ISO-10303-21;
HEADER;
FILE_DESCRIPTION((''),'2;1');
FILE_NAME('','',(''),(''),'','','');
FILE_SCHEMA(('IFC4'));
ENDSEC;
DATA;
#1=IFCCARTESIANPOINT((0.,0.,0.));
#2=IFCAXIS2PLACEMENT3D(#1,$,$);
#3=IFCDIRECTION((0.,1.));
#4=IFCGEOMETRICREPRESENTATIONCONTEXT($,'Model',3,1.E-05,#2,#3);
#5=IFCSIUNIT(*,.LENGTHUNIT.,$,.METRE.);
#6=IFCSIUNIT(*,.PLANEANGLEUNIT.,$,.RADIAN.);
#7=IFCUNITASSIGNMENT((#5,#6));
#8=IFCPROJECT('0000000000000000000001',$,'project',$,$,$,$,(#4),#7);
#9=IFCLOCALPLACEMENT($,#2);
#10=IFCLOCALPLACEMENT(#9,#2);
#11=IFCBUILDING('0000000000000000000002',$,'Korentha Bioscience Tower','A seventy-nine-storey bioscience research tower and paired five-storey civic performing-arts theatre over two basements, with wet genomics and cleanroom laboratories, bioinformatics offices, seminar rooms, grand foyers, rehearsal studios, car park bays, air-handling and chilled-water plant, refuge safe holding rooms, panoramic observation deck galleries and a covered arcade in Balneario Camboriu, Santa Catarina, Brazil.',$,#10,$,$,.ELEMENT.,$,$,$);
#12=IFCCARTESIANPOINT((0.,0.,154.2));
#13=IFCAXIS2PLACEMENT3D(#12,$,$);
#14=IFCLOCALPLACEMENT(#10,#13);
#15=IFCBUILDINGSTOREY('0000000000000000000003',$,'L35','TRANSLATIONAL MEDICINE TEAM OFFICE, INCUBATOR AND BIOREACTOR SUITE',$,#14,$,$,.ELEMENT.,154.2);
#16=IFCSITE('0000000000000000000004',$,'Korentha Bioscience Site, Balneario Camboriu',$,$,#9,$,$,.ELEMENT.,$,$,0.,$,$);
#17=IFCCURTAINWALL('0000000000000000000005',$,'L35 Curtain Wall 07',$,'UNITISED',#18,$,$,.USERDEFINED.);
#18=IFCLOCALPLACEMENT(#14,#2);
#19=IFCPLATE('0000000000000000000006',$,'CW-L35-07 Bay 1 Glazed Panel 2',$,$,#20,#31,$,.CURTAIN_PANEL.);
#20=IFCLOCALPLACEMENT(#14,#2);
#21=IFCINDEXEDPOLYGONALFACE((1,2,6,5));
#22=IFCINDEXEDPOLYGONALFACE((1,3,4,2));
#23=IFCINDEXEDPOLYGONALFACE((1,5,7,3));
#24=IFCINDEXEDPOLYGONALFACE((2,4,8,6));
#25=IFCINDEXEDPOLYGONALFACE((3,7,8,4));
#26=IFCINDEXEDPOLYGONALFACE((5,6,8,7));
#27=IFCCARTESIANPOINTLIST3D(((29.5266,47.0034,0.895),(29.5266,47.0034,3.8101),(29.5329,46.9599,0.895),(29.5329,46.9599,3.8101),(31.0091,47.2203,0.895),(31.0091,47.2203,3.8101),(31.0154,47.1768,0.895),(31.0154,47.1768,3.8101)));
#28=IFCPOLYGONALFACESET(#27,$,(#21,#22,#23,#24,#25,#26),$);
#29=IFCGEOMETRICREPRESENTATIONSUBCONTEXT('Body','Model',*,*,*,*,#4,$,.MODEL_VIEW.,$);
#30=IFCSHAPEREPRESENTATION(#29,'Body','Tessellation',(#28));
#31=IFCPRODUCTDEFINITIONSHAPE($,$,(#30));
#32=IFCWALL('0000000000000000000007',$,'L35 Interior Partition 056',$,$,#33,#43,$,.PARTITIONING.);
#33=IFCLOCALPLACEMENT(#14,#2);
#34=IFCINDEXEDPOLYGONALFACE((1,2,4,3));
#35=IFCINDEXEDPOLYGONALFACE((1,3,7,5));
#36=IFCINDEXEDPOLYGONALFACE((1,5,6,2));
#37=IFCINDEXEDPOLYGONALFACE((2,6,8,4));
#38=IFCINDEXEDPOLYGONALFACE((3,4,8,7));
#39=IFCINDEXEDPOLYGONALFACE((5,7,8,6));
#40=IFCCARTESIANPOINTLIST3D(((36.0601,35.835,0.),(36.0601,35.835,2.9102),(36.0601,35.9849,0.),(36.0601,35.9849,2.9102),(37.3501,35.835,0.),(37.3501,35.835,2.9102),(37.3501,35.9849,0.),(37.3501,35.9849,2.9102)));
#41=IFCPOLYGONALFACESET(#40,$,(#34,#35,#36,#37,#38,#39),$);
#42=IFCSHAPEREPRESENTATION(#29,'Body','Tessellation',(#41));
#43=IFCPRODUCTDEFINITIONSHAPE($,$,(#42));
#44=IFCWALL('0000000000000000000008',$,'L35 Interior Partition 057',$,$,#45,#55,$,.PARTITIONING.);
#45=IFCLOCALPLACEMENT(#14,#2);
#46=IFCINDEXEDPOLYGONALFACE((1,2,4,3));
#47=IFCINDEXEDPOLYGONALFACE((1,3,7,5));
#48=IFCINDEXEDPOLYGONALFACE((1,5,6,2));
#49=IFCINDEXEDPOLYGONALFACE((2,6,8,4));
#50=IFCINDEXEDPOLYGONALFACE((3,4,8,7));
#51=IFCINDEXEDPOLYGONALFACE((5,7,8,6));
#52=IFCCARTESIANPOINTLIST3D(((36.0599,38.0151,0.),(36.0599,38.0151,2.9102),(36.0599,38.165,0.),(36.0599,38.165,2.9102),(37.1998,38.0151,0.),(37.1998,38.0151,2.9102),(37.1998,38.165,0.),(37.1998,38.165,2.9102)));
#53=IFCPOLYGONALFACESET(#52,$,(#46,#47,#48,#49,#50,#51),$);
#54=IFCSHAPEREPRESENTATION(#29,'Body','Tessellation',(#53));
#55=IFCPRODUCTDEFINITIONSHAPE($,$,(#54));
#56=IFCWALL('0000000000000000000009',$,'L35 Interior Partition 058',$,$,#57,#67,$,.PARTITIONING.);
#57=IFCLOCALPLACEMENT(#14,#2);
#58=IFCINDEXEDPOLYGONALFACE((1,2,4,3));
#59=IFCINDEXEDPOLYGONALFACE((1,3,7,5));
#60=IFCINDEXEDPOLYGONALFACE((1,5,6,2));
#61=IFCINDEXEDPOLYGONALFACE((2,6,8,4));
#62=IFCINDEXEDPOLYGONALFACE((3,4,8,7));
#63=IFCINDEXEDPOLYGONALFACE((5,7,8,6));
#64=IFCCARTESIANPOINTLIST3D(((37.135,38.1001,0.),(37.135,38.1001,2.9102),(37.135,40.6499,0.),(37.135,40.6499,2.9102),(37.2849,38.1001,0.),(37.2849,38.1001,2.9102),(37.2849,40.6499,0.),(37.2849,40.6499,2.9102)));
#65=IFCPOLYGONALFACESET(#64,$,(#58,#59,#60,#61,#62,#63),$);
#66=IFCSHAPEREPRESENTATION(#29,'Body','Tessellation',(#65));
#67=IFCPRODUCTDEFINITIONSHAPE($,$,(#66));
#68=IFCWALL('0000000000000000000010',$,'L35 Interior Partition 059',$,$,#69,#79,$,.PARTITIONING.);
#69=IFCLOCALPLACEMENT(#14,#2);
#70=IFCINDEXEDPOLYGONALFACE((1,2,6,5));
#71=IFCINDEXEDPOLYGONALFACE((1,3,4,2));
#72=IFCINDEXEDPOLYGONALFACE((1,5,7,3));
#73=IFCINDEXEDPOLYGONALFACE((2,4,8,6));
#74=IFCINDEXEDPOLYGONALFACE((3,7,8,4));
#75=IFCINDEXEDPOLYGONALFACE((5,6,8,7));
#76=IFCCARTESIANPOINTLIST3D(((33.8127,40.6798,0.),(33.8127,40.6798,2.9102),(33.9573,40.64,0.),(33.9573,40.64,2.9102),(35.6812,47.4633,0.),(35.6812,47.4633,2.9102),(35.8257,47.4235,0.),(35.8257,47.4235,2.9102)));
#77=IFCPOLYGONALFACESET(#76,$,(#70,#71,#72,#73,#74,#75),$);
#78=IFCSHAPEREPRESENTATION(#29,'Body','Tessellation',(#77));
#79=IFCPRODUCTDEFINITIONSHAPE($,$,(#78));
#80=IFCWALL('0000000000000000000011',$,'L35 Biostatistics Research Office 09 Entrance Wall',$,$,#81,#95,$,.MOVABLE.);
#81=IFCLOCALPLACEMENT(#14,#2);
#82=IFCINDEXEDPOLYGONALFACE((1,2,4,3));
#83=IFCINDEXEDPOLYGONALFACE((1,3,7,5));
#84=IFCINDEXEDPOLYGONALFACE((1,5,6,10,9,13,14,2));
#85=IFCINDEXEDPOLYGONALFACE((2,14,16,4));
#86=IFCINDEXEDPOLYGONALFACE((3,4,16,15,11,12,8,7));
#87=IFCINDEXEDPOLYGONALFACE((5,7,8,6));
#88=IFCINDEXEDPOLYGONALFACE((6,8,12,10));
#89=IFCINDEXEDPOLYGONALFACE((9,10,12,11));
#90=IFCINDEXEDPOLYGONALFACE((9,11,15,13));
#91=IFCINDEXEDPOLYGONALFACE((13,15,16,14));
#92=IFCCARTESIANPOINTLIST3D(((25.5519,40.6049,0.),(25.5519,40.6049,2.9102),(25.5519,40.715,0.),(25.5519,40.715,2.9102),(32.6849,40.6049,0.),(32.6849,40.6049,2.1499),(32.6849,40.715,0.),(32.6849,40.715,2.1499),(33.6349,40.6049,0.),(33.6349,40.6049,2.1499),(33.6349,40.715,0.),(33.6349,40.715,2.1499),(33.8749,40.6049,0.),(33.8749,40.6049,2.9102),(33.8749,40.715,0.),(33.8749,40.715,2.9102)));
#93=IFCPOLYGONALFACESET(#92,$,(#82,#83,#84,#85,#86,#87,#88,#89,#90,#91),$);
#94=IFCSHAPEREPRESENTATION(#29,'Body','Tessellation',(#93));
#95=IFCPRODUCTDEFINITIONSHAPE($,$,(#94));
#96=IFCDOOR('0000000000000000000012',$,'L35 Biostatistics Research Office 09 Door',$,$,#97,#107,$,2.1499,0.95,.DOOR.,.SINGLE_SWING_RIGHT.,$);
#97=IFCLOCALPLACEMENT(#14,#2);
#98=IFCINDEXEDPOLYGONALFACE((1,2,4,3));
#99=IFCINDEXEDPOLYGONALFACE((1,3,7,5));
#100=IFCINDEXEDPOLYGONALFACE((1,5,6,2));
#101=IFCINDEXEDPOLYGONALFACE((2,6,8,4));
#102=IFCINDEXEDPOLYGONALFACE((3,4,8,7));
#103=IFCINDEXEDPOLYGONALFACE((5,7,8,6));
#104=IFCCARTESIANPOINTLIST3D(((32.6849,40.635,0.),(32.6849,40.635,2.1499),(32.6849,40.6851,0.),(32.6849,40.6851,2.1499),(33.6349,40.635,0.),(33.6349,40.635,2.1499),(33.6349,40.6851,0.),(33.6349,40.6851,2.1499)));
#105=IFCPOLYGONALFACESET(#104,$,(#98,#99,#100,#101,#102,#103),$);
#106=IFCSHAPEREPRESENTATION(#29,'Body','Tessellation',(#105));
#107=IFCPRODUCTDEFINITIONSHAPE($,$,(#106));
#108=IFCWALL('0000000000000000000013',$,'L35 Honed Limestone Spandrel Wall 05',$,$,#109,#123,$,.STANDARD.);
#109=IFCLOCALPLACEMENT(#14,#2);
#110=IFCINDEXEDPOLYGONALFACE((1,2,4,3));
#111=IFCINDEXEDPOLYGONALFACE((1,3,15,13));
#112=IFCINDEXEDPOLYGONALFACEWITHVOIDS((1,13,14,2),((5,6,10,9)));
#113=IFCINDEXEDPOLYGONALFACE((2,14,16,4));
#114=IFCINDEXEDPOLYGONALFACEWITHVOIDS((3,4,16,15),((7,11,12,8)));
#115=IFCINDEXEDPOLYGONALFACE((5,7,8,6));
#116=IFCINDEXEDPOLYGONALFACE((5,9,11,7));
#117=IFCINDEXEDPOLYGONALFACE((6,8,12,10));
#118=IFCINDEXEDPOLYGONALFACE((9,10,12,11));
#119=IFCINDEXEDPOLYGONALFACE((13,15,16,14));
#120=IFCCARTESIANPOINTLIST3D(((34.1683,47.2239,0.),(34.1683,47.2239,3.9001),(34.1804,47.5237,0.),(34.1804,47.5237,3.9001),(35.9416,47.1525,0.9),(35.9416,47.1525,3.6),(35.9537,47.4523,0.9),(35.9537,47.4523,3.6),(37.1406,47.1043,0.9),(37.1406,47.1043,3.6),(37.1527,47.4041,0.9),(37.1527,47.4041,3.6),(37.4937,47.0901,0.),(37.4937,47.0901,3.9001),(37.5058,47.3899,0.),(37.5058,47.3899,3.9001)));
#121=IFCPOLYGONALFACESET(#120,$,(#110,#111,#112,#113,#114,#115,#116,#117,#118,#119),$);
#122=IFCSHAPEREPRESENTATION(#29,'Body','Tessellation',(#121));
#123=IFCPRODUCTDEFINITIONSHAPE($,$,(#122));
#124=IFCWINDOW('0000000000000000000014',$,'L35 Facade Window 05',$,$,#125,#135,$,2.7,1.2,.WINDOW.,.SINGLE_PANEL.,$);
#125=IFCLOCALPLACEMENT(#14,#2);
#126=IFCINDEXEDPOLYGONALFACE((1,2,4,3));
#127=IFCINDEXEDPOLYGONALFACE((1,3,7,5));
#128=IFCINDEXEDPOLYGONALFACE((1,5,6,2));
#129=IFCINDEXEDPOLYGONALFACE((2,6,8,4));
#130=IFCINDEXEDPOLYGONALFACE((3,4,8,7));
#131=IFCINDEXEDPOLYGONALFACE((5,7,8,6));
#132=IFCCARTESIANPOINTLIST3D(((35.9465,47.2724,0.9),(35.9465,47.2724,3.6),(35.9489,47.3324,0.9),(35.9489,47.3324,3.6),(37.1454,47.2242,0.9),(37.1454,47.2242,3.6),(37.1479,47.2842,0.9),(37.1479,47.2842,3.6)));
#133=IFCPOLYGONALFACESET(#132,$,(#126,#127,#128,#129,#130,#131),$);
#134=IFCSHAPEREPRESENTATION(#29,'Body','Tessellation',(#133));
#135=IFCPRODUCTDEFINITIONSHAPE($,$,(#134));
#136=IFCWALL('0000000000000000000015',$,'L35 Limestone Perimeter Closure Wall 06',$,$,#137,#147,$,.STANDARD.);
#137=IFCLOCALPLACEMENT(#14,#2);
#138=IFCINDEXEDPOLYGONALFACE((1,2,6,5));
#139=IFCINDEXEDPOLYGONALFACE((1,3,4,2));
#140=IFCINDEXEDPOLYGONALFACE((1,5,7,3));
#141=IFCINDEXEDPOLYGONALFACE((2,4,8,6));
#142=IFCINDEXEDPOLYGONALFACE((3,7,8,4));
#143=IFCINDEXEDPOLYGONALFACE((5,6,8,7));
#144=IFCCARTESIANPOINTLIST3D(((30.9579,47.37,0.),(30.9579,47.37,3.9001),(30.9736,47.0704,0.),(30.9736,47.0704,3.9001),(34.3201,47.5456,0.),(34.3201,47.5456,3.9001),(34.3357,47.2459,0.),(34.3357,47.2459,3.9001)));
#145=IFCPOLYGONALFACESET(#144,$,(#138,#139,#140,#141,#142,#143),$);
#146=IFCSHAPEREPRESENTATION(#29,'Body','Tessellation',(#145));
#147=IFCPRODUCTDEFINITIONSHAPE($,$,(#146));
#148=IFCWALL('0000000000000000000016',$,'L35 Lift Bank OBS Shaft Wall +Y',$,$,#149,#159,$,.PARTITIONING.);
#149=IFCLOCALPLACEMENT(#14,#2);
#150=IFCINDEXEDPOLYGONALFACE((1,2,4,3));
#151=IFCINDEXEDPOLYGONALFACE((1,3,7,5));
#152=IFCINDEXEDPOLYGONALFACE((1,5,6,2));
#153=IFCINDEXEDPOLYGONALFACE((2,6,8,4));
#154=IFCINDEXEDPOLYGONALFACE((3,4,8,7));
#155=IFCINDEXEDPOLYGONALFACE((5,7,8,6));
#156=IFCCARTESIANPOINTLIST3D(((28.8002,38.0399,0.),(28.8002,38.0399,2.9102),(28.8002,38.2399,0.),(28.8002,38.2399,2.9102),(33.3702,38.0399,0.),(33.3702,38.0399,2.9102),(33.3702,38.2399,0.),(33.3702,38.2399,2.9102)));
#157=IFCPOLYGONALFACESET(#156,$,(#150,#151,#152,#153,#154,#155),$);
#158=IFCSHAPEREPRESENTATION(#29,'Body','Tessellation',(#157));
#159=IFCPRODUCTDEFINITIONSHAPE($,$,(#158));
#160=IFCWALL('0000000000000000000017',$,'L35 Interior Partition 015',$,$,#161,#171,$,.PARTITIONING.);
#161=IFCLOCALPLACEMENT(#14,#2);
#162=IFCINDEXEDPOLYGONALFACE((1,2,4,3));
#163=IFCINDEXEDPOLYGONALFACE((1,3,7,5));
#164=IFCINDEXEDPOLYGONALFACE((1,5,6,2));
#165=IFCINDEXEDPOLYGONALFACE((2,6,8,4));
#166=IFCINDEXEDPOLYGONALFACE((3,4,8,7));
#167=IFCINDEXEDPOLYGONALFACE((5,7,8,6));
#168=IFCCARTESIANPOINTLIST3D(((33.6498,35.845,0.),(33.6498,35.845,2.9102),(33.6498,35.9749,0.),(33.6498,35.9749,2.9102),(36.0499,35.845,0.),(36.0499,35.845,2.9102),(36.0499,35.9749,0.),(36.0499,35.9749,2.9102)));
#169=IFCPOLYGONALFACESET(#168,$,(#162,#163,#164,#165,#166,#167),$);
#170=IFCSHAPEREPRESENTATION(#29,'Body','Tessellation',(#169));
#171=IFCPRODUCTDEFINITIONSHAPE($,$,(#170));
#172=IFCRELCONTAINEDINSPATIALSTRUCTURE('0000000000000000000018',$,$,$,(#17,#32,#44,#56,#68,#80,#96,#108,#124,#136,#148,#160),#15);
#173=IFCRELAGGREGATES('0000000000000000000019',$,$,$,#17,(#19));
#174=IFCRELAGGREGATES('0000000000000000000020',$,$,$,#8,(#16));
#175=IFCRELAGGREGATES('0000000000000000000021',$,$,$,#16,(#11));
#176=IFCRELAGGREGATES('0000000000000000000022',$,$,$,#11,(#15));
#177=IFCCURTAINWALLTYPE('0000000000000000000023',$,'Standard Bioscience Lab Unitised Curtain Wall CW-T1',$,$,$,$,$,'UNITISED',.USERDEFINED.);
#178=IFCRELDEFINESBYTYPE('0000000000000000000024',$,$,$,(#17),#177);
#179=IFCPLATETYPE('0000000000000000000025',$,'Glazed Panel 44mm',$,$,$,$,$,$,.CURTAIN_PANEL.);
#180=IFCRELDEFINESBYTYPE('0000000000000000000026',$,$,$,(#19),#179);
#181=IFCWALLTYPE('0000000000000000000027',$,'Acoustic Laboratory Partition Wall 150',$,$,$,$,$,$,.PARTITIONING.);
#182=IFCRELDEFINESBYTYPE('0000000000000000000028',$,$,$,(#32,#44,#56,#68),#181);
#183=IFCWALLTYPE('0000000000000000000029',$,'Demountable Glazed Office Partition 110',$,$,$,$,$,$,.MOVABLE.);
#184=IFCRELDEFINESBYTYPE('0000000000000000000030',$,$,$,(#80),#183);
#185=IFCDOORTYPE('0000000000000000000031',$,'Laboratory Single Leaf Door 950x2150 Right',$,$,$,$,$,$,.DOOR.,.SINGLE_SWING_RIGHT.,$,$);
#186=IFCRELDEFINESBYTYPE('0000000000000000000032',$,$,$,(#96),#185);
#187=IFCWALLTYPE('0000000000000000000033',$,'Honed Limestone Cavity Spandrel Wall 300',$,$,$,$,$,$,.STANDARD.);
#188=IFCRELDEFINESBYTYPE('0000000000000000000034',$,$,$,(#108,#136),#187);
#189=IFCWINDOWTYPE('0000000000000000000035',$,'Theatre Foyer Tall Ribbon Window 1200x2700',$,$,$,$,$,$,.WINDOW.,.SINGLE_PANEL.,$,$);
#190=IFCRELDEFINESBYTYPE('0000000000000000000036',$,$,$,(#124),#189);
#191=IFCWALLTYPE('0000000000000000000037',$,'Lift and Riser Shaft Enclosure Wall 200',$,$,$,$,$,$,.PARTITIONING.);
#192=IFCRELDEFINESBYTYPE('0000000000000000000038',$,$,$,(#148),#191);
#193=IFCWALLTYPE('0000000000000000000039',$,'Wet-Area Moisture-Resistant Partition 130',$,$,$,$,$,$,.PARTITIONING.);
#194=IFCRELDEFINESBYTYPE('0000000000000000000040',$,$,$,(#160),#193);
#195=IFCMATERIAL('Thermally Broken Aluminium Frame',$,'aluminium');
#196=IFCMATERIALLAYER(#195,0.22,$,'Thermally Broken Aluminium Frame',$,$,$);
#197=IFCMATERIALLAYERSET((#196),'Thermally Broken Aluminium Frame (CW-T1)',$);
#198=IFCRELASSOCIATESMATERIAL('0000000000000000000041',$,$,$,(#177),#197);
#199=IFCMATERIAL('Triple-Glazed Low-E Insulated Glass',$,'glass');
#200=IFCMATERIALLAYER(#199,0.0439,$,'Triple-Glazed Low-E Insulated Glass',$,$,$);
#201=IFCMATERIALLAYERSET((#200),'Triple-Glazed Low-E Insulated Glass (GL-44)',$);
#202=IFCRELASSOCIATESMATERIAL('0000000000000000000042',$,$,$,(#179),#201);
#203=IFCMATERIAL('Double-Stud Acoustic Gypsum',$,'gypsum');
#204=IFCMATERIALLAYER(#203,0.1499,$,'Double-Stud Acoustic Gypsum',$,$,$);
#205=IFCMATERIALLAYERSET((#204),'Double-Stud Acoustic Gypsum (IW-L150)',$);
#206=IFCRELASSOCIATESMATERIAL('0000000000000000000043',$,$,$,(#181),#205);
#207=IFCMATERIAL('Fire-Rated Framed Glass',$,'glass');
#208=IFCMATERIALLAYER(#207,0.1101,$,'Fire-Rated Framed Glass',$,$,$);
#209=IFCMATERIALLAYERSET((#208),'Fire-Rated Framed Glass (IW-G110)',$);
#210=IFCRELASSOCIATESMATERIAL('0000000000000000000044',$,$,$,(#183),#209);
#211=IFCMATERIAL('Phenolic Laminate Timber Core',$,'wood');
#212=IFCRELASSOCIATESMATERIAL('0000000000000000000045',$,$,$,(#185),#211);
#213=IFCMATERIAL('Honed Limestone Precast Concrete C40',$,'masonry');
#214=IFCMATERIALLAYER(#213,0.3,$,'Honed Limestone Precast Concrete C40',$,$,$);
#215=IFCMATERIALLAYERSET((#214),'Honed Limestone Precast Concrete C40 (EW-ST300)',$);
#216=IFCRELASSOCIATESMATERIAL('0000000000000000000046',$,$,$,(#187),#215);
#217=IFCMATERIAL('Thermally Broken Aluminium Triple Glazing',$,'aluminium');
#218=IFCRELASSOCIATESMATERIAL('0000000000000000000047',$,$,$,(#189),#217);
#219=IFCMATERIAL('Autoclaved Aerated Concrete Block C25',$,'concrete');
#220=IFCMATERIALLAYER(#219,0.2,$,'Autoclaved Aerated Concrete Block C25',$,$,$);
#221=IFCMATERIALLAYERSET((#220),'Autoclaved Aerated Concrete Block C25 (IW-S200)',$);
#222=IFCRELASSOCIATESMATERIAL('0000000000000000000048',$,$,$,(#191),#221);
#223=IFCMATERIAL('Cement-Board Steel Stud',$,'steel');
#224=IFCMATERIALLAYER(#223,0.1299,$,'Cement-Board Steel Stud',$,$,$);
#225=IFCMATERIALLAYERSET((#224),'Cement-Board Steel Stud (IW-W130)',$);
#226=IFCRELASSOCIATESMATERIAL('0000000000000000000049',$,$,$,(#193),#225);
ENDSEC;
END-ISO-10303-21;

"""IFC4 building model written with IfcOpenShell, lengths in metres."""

from ifc_helpers import new_model, si_unit, direction, frame, frame_2d, origin, origin_2d, place, context, subcontext, project, spatial, rectangle, extrude, material, layer, layer_set, type_object, element, fill, aggregate, save


model = new_model("IFC4")

# Units and contexts
model_context = context("Model", 3, precision=1e-05, world=origin(), true_north=direction((0.0, 1.0)))
body_context = subcontext(model_context, "Body", "Model", "MODEL_VIEW")
ifc_project = project(units=[si_unit("LENGTHUNIT", "METRE"), si_unit("PLANEANGLEUNIT", "RADIAN")], contexts=[model_context])

# Site, building, storey
site_placement = place(None, origin())
site = spatial("IfcSite", under=ifc_project, at=site_placement, Name="Korentha Bioscience Site, Balneario Camboriu", CompositionType="ELEMENT", RefElevation=0.0)
building_placement = place(site_placement, origin())
building = spatial("IfcBuilding", under=site, at=building_placement, Name="Korentha Bioscience Tower", Description="A seventy-nine-storey bioscience research tower and paired five-storey civic performing-arts theatre over two basements, with wet genomics and cleanroom laboratories, bioinformatics offices, seminar rooms, grand foyers, rehearsal studios, car park bays, air-handling and chilled-water plant, refuge safe holding rooms, panoramic observation deck galleries and a covered arcade in Balneario Camboriu, Santa Catarina, Brazil.", CompositionType="ELEMENT")
storey_placement = place(building_placement, frame((0.0, 0.0, 154.2)))
storey = spatial("IfcBuildingStorey", under=building, at=storey_placement, Name="L35", Description="TRANSLATIONAL MEDICINE TEAM OFFICE, INCUBATOR AND BIOREACTOR SUITE", CompositionType="ELEMENT", Elevation=154.2)

# Curtain wall
ifc_material_1 = material(Name="Thermally Broken Aluminium Frame", Category="aluminium")
ifc_layer_1 = layer(ifc_material_1, 0.22, Name="Thermally Broken Aluminium Frame")
ifc_layer_set_1 = layer_set([ifc_layer_1], Name="Thermally Broken Aluminium Frame (CW-T1)")
curtain_wall_type = type_object("IfcCurtainWallType", Name="Standard Bioscience Lab Unitised Curtain Wall CW-T1", ElementType="UNITISED", PredefinedType="USERDEFINED", material=ifc_layer_set_1)
curtain_wall_placement = place(storey_placement, origin())
curtain_wall = element("IfcCurtainWall", 1, at=curtain_wall_placement, inside=storey, type_object=curtain_wall_type, Name="L35 Curtain Wall 07", ObjectType="UNITISED", PredefinedType="USERDEFINED")

# Plate
ifc_material_2 = material(Name="Triple-Glazed Low-E Insulated Glass", Category="glass")
ifc_layer_2 = layer(ifc_material_2, 0.0439, Name="Triple-Glazed Low-E Insulated Glass")
ifc_layer_set_2 = layer_set([ifc_layer_2], Name="Triple-Glazed Low-E Insulated Glass (GL-44)")
plate_type = type_object("IfcPlateType", Name="Glazed Panel 44mm", PredefinedType="CURTAIN_PANEL", material=ifc_layer_set_2)
plate_1_placement = place(storey_placement, frame((30.271, 47.0901, 0.895), z_axis=(0.0, 0.0, 1.0), x_axis=(-0.989462, -0.144793, 0.0)))
plate_1 = element("IfcPlate", 2, at=plate_1_placement, type_object=plate_type, Name="CW-L35-07 Bay 1 Glazed Panel 2", PredefinedType="CURTAIN_PANEL", context=body_context, shape_type="SweptSolid", body=[
    extrude(rectangle(XDim=1.4983, YDim=0.0439, at=origin_2d()), origin(), (0.0, 0.0, 1.0), 2.915),
])
aggregate(curtain_wall, [plate_1])

# Shared definitions
ifc_material_3 = material(Name="Double-Stud Acoustic Gypsum", Category="gypsum")
ifc_layer_3 = layer(ifc_material_3, 0.1499, Name="Double-Stud Acoustic Gypsum")
ifc_layer_set_3 = layer_set([ifc_layer_3], Name="Double-Stud Acoustic Gypsum (IW-L150)")
wall_type_1 = type_object("IfcWallType", Name="Acoustic Laboratory Partition Wall 150", PredefinedType="PARTITIONING", material=ifc_layer_set_3)
ifc_material_4 = material(Name="Phenolic Laminate Timber Core", Category="wood")

# Walls
wall_1_placement = place(storey_placement, frame((37.3501, 35.9099, 0.0), z_axis=(0.0, 0.0, 1.0), x_axis=(-1.0, 0.0, 0.0)))
element("IfcWall", 3, at=wall_1_placement, inside=storey, type_object=wall_type_1, Name="L35 Interior Partition 056", PredefinedType="PARTITIONING", context=body_context, shape_type="SweptSolid", body=[
    extrude(rectangle(XDim=1.29, YDim=0.1499, at=frame_2d((0.645, 0.0))), origin(), (0.0, 0.0, 1.0), 2.9102),
])
wall_2_placement = place(storey_placement, frame((36.0601, 38.0901, 0.0), z_axis=(0.0, 0.0, 1.0), x_axis=(1.0, 0.0, 0.0)))
element("IfcWall", 4, at=wall_2_placement, inside=storey, type_object=wall_type_1, Name="L35 Interior Partition 057", PredefinedType="PARTITIONING", context=body_context, shape_type="SweptSolid", body=[
    extrude(rectangle(XDim=1.1399, YDim=0.1499, at=frame_2d((0.5698, 0.0))), origin(), (0.0, 0.0, 1.0), 2.9102),
])
wall_3_placement = place(storey_placement, frame((37.21, 38.1001, 0.0), z_axis=(0.0, 0.0, 1.0), x_axis=(0.0, 1.0, 0.0)))
element("IfcWall", 5, at=wall_3_placement, inside=storey, type_object=wall_type_1, Name="L35 Interior Partition 058", PredefinedType="PARTITIONING", context=body_context, shape_type="SweptSolid", body=[
    extrude(rectangle(XDim=2.5498, YDim=0.1499, at=frame_2d((1.2749, 0.0))), origin(), (0.0, 0.0, 1.0), 2.9102),
])
wall_4_placement = place(storey_placement, frame((33.885, 40.6599, 0.0), z_axis=(0.0, 0.0, 1.0), x_axis=(0.265548, 0.964098, 0.0)))
element("IfcWall", 6, at=wall_4_placement, inside=storey, type_object=wall_type_1, Name="L35 Interior Partition 059", PredefinedType="PARTITIONING", context=body_context, shape_type="SweptSolid", body=[
    extrude(rectangle(XDim=7.0361, YDim=0.1499, at=frame_2d((3.5181, 0.0))), origin(), (0.0, 0.0, 1.0), 2.9102),
])

# Wall, opening, door
ifc_material_5 = material(Name="Fire-Rated Framed Glass", Category="glass")
ifc_layer_4 = layer(ifc_material_5, 0.1101, Name="Fire-Rated Framed Glass")
ifc_layer_set_4 = layer_set([ifc_layer_4], Name="Fire-Rated Framed Glass (IW-G110)")
wall_type_2 = type_object("IfcWallType", Name="Demountable Glazed Office Partition 110", PredefinedType="MOVABLE", material=ifc_layer_set_4)
wall_5_placement = place(storey_placement, frame((33.875, 40.6599, 0.0), z_axis=(0.0, 0.0, 1.0), x_axis=(-1.0, 0.0, 0.0)))
wall_5 = element("IfcWall", 7, at=wall_5_placement, inside=storey, type_object=wall_type_2, Name="L35 Biostatistics Research Office 09 Entrance Wall", PredefinedType="MOVABLE", context=body_context, shape_type="SweptSolid", body=[
    extrude(rectangle(XDim=8.323, YDim=0.1101, at=frame_2d((4.1616, 0.0))), origin(), (0.0, 0.0, 1.0), 2.9102),
])
opening_1_placement = place(wall_5_placement, frame((0.24, 0.0, 0.0)))
opening_1 = element("IfcOpeningElement", 8, at=opening_1_placement, cuts=wall_5, PredefinedType="OPENING", context=body_context, shape_type="SweptSolid", body=[
    extrude(rectangle(XDim=0.95, YDim=2.1499, at=frame_2d((0.4751, 1.075))), frame((0.0, 0.0698, 0.0), z_axis=(0.0, -1.0, 0.0), x_axis=(1.0, 0.0, 0.0)), (0.0, 0.0, 1.0), 0.1399),
])
door_type_1 = type_object("IfcDoorType", Name="Laboratory Single Leaf Door 950x2150 Right", OperationType="SINGLE_SWING_RIGHT", PredefinedType="DOOR", material=ifc_material_4)
door_1_placement = place(opening_1_placement, origin())
door_1 = element("IfcDoor", 9, at=door_1_placement, inside=storey, type_object=door_type_1, Name="L35 Biostatistics Research Office 09 Door", OperationType="SINGLE_SWING_RIGHT", OverallHeight=2.1499, OverallWidth=0.95, PredefinedType="DOOR", context=body_context, shape_type="SweptSolid", body=[
    extrude(rectangle(XDim=0.95, YDim=2.1499, at=frame_2d((0.4751, 1.075))), frame((0.0, 0.0249, 0.0), z_axis=(0.0, -1.0, 0.0), x_axis=(1.0, 0.0, 0.0)), (0.0, 0.0, 1.0), 0.05),
])
fill(opening_1, door_1)

# Wall, opening, window
ifc_material_6 = material(Name="Honed Limestone Precast Concrete C40", Category="masonry")
ifc_layer_5 = layer(ifc_material_6, 0.3, Name="Honed Limestone Precast Concrete C40")
ifc_layer_set_5 = layer_set([ifc_layer_5], Name="Honed Limestone Precast Concrete C40 (EW-ST300)")
wall_type_3 = type_object("IfcWallType", Name="Honed Limestone Cavity Spandrel Wall 300", PredefinedType="STANDARD", material=ifc_layer_set_5)
wall_6_placement = place(storey_placement, frame((37.4998, 47.24, 0.0), z_axis=(0.0, 0.0, 1.0), x_axis=(-0.999192, 0.040199, 0.0)))
wall_6 = element("IfcWall", 10, at=wall_6_placement, inside=storey, type_object=wall_type_3, Name="L35 Honed Limestone Spandrel Wall 05", PredefinedType="STANDARD", context=body_context, shape_type="SweptSolid", body=[
    extrude(rectangle(XDim=3.3281, YDim=0.3, at=frame_2d((1.6641, 0.0))), origin(), (0.0, 0.0, 1.0), 3.9001),
])
opening_2_placement = place(wall_6_placement, frame((0.3533, 0.0, 0.8999)))
opening_2 = element("IfcOpeningElement", 11, at=opening_2_placement, cuts=wall_6, PredefinedType="OPENING", context=body_context, shape_type="SweptSolid", body=[
    extrude(rectangle(XDim=1.2, YDim=2.7, at=frame_2d((0.6001, 1.3501))), frame((0.0, 0.165, 0.0), z_axis=(0.0, -1.0, 0.0), x_axis=(1.0, 0.0, 0.0)), (0.0, 0.0, 1.0), 0.3298),
])
ifc_material_7 = material(Name="Thermally Broken Aluminium Triple Glazing", Category="aluminium")
window_type = type_object("IfcWindowType", Name="Theatre Foyer Tall Ribbon Window 1200x2700", PartitioningType="SINGLE_PANEL", PredefinedType="WINDOW", material=ifc_material_7)
window_placement = place(opening_2_placement, origin())
window = element("IfcWindow", 12, at=window_placement, inside=storey, type_object=window_type, Name="L35 Facade Window 05", OverallHeight=2.7, OverallWidth=1.2, PartitioningType="SINGLE_PANEL", PredefinedType="WINDOW", context=body_context, shape_type="SweptSolid", body=[
    extrude(rectangle(XDim=1.2, YDim=2.7, at=frame_2d((0.6001, 1.3501))), frame((0.0, 0.03, 0.0), z_axis=(0.0, -1.0, 0.0), x_axis=(1.0, 0.0, 0.0)), (0.0, 0.0, 1.0), 0.0601),
])
fill(opening_2, window)

# Walls
wall_7_placement = place(storey_placement, frame((34.3279, 47.3958, 0.0), z_axis=(0.0, 0.0, 1.0), x_axis=(-0.99864, -0.05214, 0.0)))
element("IfcWall", 13, at=wall_7_placement, inside=storey, type_object=wall_type_3, Name="L35 Limestone Perimeter Closure Wall 06", PredefinedType="STANDARD", context=body_context, shape_type="SweptSolid", body=[
    extrude(rectangle(XDim=3.3667, YDim=0.3, at=frame_2d((1.6833, 0.0))), origin(), (0.0, 0.0, 1.0), 3.9001),
])
ifc_material_8 = material(Name="Autoclaved Aerated Concrete Block C25", Category="concrete")
ifc_layer_6 = layer(ifc_material_8, 0.2, Name="Autoclaved Aerated Concrete Block C25")
ifc_layer_set_6 = layer_set([ifc_layer_6], Name="Autoclaved Aerated Concrete Block C25 (IW-S200)")
wall_type_4 = type_object("IfcWallType", Name="Lift and Riser Shaft Enclosure Wall 200", PredefinedType="PARTITIONING", material=ifc_layer_set_6)
wall_8_placement = place(storey_placement, frame((28.8, 38.1399, 0.0), z_axis=(0.0, 0.0, 1.0), x_axis=(1.0, 0.0, 0.0)))
element("IfcWall", 14, at=wall_8_placement, inside=storey, type_object=wall_type_4, Name="L35 Lift Bank OBS Shaft Wall +Y", PredefinedType="PARTITIONING", context=body_context, shape_type="SweptSolid", body=[
    extrude(rectangle(XDim=4.5701, YDim=0.2, at=frame_2d((2.2852, 0.0))), origin(), (0.0, 0.0, 1.0), 2.9102),
])

# Shared definitions
ifc_material_9 = material(Name="Cement-Board Steel Stud", Category="steel")
ifc_layer_7 = layer(ifc_material_9, 0.1299, Name="Cement-Board Steel Stud")
ifc_layer_set_7 = layer_set([ifc_layer_7], Name="Cement-Board Steel Stud (IW-W130)")
wall_type_5 = type_object("IfcWallType", Name="Wet-Area Moisture-Resistant Partition 130", PredefinedType="PARTITIONING", material=ifc_layer_set_7)

# Wall
wall_9_placement = place(storey_placement, frame((36.05, 35.9099, 0.0), z_axis=(0.0, 0.0, 1.0), x_axis=(-1.0, 0.0, 0.0)))
element("IfcWall", 15, at=wall_9_placement, inside=storey, type_object=wall_type_5, Name="L35 Interior Partition 015", PredefinedType="PARTITIONING", context=body_context, shape_type="SweptSolid", body=[
    extrude(rectangle(XDim=2.4001, YDim=0.1299, at=frame_2d((1.2002, 0.0))), origin(), (0.0, 0.0, 1.0), 2.9102),
])

save(model, "model.ifc")
